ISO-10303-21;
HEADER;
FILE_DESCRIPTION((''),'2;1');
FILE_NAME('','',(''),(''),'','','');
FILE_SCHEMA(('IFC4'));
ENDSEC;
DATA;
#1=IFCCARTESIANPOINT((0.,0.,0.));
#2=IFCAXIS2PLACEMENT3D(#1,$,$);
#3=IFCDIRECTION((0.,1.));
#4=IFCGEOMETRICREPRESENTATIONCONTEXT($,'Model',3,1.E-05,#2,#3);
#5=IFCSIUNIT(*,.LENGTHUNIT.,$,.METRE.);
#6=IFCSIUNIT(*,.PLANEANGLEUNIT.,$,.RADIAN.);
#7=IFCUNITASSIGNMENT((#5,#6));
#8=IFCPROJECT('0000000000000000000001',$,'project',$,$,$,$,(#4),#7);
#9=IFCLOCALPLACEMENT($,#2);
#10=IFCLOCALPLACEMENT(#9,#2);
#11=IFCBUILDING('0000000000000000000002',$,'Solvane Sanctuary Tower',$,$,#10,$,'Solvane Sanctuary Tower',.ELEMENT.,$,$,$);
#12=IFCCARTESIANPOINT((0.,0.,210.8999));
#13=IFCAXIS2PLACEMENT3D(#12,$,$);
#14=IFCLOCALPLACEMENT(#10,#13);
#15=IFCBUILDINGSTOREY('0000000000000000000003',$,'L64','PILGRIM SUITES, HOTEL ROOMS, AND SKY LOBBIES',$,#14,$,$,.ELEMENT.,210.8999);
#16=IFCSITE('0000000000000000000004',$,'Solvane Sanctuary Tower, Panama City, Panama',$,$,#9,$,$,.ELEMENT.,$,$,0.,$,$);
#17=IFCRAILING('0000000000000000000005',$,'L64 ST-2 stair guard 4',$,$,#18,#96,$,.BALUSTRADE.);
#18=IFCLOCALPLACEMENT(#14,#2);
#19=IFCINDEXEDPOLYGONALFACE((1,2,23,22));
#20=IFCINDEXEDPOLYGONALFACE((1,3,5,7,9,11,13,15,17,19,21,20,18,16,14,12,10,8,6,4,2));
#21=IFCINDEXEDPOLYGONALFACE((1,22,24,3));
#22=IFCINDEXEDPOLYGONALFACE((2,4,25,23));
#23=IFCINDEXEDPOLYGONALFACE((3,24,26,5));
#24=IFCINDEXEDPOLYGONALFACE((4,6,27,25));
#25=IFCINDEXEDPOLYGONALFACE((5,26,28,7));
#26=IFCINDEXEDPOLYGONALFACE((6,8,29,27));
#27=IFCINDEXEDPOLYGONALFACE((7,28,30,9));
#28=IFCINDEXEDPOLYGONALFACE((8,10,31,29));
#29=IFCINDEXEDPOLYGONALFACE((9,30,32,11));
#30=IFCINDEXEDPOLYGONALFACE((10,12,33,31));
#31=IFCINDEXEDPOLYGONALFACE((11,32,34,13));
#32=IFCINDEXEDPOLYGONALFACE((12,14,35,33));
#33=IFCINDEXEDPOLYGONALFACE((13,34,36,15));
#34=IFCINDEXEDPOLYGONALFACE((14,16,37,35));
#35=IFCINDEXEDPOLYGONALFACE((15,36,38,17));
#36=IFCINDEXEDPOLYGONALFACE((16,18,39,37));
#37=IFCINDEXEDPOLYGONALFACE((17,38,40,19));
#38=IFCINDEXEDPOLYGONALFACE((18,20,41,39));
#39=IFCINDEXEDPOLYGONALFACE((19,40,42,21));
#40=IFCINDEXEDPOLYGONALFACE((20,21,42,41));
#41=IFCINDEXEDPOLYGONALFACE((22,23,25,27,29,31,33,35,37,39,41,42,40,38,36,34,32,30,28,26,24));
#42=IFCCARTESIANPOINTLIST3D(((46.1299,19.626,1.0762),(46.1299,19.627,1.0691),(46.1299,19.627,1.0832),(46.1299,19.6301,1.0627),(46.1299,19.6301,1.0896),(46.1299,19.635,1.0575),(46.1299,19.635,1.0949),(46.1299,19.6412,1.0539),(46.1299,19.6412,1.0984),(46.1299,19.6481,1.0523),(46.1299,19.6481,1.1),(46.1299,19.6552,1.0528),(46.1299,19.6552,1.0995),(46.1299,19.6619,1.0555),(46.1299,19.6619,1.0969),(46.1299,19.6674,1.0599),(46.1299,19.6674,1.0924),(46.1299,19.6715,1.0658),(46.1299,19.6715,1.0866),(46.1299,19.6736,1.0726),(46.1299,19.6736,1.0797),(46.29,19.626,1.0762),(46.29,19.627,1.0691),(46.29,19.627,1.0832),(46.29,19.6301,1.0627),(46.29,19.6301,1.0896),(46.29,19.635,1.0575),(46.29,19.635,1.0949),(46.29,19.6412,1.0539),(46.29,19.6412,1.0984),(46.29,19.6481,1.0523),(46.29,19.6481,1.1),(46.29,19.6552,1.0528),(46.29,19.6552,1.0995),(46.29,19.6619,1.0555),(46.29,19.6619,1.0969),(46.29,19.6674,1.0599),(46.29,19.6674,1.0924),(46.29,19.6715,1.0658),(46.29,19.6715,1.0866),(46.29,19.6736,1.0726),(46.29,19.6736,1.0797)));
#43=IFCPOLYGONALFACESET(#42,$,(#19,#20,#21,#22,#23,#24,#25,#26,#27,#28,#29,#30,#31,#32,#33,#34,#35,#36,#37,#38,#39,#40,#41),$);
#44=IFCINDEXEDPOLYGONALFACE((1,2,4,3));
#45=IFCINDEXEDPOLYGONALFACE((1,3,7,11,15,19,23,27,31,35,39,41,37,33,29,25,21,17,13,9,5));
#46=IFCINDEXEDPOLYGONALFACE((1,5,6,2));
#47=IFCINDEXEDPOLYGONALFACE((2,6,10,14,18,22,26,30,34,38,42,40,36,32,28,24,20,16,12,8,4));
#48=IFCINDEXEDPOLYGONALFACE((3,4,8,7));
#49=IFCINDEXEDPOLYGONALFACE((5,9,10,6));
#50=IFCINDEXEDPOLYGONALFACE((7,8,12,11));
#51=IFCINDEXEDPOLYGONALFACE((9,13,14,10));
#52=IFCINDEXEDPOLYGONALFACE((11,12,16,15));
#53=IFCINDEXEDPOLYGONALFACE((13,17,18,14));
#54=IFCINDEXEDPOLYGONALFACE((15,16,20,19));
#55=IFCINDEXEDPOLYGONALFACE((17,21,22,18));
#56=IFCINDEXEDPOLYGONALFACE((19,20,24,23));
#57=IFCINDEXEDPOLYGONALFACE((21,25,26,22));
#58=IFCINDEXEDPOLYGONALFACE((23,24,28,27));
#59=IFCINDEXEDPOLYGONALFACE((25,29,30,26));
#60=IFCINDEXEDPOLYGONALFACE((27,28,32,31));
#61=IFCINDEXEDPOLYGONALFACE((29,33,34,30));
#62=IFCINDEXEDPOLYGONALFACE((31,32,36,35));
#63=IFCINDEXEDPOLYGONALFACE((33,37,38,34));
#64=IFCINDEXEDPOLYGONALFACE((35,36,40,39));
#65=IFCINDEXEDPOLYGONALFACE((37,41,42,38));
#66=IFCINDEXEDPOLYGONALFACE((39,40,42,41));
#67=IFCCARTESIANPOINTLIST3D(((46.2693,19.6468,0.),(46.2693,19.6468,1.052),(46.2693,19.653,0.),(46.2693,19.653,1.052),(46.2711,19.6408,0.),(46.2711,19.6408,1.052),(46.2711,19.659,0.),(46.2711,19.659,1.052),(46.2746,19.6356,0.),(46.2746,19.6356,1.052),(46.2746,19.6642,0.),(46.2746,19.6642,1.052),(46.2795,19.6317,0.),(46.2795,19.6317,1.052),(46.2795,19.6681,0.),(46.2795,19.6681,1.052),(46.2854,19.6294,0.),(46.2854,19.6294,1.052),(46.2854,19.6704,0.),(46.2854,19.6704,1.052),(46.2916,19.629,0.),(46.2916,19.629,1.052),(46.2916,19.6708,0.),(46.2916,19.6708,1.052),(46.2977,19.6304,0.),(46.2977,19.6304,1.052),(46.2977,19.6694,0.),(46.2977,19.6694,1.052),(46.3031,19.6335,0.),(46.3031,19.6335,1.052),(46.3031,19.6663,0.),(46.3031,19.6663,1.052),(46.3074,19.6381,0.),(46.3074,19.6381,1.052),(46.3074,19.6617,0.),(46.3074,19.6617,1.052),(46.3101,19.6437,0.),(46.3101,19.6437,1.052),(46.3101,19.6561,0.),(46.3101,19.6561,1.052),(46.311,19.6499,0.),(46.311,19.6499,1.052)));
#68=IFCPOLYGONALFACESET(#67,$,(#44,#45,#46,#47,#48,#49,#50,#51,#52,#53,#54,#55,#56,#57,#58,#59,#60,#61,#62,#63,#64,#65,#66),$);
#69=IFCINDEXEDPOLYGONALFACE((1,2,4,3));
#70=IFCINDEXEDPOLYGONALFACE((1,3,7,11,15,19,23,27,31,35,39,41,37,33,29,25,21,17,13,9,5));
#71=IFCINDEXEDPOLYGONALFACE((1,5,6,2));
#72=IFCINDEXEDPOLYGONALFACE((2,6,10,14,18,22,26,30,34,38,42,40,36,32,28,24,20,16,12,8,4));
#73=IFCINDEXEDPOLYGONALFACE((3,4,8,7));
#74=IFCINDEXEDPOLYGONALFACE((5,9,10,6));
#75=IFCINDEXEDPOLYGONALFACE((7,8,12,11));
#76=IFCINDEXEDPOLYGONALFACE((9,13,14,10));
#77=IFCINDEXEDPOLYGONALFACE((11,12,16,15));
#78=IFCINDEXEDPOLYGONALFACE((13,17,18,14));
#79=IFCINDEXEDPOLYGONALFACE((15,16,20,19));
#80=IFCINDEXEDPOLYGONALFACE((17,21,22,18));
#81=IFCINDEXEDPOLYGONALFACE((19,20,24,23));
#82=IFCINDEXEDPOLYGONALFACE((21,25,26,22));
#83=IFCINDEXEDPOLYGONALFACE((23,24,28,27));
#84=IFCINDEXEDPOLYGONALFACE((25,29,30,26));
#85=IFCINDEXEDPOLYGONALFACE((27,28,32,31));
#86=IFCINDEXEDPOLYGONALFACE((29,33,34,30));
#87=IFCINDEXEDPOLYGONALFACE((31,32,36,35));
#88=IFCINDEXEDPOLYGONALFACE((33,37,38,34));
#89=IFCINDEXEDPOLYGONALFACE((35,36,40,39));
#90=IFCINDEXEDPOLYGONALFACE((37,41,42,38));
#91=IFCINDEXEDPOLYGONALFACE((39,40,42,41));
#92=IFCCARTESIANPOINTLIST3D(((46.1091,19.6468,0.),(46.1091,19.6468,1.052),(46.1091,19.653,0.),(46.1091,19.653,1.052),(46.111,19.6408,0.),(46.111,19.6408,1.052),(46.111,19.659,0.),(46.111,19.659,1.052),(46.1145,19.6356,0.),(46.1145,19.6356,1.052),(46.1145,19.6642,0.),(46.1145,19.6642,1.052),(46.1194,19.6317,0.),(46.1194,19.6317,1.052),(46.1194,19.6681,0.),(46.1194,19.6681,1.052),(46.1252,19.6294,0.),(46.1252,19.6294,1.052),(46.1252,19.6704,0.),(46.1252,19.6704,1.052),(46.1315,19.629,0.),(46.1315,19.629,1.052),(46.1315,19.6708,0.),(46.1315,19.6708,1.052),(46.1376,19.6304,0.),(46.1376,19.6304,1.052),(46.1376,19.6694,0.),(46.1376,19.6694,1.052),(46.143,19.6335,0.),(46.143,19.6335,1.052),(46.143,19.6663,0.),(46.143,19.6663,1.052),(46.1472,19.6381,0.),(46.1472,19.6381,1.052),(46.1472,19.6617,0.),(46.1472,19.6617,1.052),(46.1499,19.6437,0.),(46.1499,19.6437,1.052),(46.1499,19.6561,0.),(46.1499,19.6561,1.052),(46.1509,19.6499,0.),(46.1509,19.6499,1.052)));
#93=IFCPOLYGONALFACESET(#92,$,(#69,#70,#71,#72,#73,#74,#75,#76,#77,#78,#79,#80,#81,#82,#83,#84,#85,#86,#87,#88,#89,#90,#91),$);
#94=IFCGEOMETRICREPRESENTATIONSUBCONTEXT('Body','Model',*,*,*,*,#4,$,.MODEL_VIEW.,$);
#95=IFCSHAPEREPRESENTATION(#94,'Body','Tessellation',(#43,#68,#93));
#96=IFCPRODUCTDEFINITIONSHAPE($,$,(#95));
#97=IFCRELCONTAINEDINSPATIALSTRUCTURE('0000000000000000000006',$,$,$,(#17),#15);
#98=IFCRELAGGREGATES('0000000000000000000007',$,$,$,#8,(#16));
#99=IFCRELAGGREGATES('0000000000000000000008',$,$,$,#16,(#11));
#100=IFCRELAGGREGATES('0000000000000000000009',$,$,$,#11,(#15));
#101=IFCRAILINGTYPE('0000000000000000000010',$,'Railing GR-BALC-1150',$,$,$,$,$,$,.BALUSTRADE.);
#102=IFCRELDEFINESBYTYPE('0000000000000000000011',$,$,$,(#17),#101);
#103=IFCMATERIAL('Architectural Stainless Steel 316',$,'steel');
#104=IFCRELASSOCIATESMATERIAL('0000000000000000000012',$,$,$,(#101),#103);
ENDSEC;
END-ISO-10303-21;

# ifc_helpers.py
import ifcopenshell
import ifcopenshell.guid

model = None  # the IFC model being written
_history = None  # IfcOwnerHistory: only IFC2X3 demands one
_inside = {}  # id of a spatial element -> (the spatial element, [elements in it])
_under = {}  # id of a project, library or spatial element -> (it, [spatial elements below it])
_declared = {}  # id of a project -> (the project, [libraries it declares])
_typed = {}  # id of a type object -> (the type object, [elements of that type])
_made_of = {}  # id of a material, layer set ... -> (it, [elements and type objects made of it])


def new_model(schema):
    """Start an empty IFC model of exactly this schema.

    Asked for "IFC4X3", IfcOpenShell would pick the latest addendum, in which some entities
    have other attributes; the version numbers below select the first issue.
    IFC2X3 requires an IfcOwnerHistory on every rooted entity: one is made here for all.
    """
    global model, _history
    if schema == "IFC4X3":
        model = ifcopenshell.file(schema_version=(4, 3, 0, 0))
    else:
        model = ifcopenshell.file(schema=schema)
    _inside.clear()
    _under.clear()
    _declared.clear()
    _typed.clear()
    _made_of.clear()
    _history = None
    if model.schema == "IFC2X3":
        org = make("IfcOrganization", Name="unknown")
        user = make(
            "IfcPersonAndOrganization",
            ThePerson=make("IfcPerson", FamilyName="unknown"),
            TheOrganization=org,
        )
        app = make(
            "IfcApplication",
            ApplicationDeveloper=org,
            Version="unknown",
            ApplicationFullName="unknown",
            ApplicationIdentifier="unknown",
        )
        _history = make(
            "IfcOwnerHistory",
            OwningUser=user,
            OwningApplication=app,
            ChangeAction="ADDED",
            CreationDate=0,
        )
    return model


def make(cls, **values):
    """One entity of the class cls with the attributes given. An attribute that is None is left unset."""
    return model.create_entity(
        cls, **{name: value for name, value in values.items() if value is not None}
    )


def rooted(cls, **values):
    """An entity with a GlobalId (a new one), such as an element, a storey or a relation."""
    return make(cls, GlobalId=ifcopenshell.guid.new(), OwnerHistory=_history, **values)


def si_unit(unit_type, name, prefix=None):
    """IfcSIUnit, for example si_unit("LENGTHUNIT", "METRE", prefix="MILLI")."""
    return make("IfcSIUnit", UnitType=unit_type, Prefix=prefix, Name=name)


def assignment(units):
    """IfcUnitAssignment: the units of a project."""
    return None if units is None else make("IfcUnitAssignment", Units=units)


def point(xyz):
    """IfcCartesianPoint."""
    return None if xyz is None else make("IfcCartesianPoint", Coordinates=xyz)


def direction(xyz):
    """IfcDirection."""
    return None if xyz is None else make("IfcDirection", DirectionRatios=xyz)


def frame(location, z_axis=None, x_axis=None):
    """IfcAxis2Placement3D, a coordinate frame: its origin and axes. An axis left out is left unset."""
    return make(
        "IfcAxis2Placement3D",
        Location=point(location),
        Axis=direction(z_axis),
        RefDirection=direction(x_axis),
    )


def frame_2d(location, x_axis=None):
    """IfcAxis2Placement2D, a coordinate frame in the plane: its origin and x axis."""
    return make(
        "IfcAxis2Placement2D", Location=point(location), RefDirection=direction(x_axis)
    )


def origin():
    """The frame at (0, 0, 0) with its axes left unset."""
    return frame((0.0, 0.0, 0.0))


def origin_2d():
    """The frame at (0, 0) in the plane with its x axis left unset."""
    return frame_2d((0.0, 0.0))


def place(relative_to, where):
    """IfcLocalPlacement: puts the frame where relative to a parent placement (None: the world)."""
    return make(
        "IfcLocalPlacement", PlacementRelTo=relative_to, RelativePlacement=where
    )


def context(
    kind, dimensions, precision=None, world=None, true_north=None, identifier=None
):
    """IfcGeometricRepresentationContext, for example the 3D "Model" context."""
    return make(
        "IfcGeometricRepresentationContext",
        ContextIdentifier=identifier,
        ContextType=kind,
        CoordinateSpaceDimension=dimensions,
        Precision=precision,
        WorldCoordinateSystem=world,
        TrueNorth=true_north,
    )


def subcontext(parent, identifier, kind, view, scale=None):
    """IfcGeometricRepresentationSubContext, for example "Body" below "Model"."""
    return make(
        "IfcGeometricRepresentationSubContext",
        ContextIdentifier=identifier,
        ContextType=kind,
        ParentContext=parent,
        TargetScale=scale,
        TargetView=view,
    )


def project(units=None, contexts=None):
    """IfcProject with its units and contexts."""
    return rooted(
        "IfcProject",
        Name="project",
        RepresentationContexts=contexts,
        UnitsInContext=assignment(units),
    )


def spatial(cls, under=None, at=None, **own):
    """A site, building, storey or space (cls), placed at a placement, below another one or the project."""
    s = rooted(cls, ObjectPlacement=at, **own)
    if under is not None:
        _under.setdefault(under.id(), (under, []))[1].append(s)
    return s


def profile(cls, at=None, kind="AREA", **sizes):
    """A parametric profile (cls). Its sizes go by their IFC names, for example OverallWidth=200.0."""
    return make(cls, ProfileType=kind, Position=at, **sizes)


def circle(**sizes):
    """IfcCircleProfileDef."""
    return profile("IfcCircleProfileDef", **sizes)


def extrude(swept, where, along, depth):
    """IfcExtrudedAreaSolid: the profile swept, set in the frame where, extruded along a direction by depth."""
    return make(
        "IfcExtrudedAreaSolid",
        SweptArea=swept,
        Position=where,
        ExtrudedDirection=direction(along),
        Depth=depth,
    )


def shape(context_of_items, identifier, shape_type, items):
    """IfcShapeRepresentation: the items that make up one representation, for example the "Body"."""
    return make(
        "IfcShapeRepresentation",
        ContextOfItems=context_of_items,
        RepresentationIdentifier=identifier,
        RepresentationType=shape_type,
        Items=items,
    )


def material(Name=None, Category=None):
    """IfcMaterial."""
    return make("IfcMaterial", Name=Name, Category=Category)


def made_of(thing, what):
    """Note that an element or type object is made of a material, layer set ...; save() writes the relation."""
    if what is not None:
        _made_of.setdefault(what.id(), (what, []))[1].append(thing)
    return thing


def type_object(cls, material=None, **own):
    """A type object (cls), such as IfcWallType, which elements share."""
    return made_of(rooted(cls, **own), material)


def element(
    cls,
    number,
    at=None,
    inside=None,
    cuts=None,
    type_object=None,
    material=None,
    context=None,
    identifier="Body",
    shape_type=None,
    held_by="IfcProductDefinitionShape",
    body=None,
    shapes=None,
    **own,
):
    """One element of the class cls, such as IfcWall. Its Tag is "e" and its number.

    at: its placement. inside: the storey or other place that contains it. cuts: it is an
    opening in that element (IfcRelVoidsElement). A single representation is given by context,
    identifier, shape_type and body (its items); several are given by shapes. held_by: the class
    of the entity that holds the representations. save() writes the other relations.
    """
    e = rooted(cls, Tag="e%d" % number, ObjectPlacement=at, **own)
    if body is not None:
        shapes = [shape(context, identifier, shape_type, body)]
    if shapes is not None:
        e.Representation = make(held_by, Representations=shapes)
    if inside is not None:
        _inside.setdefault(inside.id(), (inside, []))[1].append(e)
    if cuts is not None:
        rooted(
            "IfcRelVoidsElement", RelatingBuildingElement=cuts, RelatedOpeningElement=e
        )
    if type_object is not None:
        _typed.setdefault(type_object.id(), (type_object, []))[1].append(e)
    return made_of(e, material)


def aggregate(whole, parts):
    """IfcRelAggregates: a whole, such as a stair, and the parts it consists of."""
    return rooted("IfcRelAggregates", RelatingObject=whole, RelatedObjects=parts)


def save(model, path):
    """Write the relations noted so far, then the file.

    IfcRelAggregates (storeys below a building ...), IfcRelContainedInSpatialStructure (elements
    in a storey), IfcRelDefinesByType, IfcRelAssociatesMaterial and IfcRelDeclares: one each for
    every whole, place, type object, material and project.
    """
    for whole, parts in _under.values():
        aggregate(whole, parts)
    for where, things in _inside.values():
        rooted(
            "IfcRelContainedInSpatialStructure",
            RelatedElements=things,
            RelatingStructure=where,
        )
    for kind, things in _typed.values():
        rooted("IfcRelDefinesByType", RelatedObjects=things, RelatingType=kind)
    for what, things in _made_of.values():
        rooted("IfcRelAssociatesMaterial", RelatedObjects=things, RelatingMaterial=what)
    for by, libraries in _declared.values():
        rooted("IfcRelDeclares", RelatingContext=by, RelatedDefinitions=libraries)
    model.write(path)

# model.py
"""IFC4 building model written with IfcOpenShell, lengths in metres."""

from ifc_helpers import new_model, si_unit, direction, frame, origin, origin_2d, place, context, subcontext, project, spatial, circle, extrude, material, type_object, element, save


model = new_model("IFC4")

# Units and contexts
model_context = context("Model", 3, precision=1e-05, world=origin(), true_north=direction((0.0, 1.0)))
body_context = subcontext(model_context, "Body", "Model", "MODEL_VIEW")
ifc_project = project(units=[si_unit("LENGTHUNIT", "METRE"), si_unit("PLANEANGLEUNIT", "RADIAN")], contexts=[model_context])

# Site, building, storey
site_placement = place(None, origin())
site = spatial("IfcSite", under=ifc_project, at=site_placement, Name="Solvane Sanctuary Tower, Panama City, Panama", CompositionType="ELEMENT", RefElevation=0.0)
building_placement = place(site_placement, origin())
building = spatial("IfcBuilding", under=site, at=building_placement, Name="Solvane Sanctuary Tower", LongName="Solvane Sanctuary Tower", CompositionType="ELEMENT")
storey_placement = place(building_placement, frame((0.0, 0.0, 210.8999)))
storey = spatial("IfcBuildingStorey", under=building, at=storey_placement, Name="L64", Description="PILGRIM SUITES, HOTEL ROOMS, AND SKY LOBBIES", CompositionType="ELEMENT", Elevation=210.8999)

# Shared definitions
ifc_material_1 = material(Name="Architectural Stainless Steel 316", Category="steel")

# Railing
railing_type_1 = type_object("IfcRailingType", Name="Railing GR-BALC-1150", PredefinedType="BALUSTRADE", material=ifc_material_1)
railing_1_placement = place(storey_placement, frame((46.29, 19.6499, 0.0)))
element("IfcRailing", 1, at=railing_1_placement, inside=storey, type_object=railing_type_1, Name="L64 ST-2 stair guard 4", PredefinedType="BALUSTRADE", context=body_context, shape_type="SweptSolid", body=[
    extrude(circle(Radius=0.0239, at=origin_2d()), frame((0.0, 0.0, 1.0762), z_axis=(-1.0, 0.0, 0.0), x_axis=(0.0, -1.0, 0.0)), (0.0, 0.0, 1.0), 0.1602),
    extrude(circle(Radius=0.021, at=origin_2d()), origin(), (0.0, 0.0, 1.0), 1.052),
    extrude(circle(Radius=0.021, at=origin_2d()), frame((-0.1602, 0.0, 0.0)), (0.0, 0.0, 1.0), 1.052),
])

save(model, "model.ifc")
